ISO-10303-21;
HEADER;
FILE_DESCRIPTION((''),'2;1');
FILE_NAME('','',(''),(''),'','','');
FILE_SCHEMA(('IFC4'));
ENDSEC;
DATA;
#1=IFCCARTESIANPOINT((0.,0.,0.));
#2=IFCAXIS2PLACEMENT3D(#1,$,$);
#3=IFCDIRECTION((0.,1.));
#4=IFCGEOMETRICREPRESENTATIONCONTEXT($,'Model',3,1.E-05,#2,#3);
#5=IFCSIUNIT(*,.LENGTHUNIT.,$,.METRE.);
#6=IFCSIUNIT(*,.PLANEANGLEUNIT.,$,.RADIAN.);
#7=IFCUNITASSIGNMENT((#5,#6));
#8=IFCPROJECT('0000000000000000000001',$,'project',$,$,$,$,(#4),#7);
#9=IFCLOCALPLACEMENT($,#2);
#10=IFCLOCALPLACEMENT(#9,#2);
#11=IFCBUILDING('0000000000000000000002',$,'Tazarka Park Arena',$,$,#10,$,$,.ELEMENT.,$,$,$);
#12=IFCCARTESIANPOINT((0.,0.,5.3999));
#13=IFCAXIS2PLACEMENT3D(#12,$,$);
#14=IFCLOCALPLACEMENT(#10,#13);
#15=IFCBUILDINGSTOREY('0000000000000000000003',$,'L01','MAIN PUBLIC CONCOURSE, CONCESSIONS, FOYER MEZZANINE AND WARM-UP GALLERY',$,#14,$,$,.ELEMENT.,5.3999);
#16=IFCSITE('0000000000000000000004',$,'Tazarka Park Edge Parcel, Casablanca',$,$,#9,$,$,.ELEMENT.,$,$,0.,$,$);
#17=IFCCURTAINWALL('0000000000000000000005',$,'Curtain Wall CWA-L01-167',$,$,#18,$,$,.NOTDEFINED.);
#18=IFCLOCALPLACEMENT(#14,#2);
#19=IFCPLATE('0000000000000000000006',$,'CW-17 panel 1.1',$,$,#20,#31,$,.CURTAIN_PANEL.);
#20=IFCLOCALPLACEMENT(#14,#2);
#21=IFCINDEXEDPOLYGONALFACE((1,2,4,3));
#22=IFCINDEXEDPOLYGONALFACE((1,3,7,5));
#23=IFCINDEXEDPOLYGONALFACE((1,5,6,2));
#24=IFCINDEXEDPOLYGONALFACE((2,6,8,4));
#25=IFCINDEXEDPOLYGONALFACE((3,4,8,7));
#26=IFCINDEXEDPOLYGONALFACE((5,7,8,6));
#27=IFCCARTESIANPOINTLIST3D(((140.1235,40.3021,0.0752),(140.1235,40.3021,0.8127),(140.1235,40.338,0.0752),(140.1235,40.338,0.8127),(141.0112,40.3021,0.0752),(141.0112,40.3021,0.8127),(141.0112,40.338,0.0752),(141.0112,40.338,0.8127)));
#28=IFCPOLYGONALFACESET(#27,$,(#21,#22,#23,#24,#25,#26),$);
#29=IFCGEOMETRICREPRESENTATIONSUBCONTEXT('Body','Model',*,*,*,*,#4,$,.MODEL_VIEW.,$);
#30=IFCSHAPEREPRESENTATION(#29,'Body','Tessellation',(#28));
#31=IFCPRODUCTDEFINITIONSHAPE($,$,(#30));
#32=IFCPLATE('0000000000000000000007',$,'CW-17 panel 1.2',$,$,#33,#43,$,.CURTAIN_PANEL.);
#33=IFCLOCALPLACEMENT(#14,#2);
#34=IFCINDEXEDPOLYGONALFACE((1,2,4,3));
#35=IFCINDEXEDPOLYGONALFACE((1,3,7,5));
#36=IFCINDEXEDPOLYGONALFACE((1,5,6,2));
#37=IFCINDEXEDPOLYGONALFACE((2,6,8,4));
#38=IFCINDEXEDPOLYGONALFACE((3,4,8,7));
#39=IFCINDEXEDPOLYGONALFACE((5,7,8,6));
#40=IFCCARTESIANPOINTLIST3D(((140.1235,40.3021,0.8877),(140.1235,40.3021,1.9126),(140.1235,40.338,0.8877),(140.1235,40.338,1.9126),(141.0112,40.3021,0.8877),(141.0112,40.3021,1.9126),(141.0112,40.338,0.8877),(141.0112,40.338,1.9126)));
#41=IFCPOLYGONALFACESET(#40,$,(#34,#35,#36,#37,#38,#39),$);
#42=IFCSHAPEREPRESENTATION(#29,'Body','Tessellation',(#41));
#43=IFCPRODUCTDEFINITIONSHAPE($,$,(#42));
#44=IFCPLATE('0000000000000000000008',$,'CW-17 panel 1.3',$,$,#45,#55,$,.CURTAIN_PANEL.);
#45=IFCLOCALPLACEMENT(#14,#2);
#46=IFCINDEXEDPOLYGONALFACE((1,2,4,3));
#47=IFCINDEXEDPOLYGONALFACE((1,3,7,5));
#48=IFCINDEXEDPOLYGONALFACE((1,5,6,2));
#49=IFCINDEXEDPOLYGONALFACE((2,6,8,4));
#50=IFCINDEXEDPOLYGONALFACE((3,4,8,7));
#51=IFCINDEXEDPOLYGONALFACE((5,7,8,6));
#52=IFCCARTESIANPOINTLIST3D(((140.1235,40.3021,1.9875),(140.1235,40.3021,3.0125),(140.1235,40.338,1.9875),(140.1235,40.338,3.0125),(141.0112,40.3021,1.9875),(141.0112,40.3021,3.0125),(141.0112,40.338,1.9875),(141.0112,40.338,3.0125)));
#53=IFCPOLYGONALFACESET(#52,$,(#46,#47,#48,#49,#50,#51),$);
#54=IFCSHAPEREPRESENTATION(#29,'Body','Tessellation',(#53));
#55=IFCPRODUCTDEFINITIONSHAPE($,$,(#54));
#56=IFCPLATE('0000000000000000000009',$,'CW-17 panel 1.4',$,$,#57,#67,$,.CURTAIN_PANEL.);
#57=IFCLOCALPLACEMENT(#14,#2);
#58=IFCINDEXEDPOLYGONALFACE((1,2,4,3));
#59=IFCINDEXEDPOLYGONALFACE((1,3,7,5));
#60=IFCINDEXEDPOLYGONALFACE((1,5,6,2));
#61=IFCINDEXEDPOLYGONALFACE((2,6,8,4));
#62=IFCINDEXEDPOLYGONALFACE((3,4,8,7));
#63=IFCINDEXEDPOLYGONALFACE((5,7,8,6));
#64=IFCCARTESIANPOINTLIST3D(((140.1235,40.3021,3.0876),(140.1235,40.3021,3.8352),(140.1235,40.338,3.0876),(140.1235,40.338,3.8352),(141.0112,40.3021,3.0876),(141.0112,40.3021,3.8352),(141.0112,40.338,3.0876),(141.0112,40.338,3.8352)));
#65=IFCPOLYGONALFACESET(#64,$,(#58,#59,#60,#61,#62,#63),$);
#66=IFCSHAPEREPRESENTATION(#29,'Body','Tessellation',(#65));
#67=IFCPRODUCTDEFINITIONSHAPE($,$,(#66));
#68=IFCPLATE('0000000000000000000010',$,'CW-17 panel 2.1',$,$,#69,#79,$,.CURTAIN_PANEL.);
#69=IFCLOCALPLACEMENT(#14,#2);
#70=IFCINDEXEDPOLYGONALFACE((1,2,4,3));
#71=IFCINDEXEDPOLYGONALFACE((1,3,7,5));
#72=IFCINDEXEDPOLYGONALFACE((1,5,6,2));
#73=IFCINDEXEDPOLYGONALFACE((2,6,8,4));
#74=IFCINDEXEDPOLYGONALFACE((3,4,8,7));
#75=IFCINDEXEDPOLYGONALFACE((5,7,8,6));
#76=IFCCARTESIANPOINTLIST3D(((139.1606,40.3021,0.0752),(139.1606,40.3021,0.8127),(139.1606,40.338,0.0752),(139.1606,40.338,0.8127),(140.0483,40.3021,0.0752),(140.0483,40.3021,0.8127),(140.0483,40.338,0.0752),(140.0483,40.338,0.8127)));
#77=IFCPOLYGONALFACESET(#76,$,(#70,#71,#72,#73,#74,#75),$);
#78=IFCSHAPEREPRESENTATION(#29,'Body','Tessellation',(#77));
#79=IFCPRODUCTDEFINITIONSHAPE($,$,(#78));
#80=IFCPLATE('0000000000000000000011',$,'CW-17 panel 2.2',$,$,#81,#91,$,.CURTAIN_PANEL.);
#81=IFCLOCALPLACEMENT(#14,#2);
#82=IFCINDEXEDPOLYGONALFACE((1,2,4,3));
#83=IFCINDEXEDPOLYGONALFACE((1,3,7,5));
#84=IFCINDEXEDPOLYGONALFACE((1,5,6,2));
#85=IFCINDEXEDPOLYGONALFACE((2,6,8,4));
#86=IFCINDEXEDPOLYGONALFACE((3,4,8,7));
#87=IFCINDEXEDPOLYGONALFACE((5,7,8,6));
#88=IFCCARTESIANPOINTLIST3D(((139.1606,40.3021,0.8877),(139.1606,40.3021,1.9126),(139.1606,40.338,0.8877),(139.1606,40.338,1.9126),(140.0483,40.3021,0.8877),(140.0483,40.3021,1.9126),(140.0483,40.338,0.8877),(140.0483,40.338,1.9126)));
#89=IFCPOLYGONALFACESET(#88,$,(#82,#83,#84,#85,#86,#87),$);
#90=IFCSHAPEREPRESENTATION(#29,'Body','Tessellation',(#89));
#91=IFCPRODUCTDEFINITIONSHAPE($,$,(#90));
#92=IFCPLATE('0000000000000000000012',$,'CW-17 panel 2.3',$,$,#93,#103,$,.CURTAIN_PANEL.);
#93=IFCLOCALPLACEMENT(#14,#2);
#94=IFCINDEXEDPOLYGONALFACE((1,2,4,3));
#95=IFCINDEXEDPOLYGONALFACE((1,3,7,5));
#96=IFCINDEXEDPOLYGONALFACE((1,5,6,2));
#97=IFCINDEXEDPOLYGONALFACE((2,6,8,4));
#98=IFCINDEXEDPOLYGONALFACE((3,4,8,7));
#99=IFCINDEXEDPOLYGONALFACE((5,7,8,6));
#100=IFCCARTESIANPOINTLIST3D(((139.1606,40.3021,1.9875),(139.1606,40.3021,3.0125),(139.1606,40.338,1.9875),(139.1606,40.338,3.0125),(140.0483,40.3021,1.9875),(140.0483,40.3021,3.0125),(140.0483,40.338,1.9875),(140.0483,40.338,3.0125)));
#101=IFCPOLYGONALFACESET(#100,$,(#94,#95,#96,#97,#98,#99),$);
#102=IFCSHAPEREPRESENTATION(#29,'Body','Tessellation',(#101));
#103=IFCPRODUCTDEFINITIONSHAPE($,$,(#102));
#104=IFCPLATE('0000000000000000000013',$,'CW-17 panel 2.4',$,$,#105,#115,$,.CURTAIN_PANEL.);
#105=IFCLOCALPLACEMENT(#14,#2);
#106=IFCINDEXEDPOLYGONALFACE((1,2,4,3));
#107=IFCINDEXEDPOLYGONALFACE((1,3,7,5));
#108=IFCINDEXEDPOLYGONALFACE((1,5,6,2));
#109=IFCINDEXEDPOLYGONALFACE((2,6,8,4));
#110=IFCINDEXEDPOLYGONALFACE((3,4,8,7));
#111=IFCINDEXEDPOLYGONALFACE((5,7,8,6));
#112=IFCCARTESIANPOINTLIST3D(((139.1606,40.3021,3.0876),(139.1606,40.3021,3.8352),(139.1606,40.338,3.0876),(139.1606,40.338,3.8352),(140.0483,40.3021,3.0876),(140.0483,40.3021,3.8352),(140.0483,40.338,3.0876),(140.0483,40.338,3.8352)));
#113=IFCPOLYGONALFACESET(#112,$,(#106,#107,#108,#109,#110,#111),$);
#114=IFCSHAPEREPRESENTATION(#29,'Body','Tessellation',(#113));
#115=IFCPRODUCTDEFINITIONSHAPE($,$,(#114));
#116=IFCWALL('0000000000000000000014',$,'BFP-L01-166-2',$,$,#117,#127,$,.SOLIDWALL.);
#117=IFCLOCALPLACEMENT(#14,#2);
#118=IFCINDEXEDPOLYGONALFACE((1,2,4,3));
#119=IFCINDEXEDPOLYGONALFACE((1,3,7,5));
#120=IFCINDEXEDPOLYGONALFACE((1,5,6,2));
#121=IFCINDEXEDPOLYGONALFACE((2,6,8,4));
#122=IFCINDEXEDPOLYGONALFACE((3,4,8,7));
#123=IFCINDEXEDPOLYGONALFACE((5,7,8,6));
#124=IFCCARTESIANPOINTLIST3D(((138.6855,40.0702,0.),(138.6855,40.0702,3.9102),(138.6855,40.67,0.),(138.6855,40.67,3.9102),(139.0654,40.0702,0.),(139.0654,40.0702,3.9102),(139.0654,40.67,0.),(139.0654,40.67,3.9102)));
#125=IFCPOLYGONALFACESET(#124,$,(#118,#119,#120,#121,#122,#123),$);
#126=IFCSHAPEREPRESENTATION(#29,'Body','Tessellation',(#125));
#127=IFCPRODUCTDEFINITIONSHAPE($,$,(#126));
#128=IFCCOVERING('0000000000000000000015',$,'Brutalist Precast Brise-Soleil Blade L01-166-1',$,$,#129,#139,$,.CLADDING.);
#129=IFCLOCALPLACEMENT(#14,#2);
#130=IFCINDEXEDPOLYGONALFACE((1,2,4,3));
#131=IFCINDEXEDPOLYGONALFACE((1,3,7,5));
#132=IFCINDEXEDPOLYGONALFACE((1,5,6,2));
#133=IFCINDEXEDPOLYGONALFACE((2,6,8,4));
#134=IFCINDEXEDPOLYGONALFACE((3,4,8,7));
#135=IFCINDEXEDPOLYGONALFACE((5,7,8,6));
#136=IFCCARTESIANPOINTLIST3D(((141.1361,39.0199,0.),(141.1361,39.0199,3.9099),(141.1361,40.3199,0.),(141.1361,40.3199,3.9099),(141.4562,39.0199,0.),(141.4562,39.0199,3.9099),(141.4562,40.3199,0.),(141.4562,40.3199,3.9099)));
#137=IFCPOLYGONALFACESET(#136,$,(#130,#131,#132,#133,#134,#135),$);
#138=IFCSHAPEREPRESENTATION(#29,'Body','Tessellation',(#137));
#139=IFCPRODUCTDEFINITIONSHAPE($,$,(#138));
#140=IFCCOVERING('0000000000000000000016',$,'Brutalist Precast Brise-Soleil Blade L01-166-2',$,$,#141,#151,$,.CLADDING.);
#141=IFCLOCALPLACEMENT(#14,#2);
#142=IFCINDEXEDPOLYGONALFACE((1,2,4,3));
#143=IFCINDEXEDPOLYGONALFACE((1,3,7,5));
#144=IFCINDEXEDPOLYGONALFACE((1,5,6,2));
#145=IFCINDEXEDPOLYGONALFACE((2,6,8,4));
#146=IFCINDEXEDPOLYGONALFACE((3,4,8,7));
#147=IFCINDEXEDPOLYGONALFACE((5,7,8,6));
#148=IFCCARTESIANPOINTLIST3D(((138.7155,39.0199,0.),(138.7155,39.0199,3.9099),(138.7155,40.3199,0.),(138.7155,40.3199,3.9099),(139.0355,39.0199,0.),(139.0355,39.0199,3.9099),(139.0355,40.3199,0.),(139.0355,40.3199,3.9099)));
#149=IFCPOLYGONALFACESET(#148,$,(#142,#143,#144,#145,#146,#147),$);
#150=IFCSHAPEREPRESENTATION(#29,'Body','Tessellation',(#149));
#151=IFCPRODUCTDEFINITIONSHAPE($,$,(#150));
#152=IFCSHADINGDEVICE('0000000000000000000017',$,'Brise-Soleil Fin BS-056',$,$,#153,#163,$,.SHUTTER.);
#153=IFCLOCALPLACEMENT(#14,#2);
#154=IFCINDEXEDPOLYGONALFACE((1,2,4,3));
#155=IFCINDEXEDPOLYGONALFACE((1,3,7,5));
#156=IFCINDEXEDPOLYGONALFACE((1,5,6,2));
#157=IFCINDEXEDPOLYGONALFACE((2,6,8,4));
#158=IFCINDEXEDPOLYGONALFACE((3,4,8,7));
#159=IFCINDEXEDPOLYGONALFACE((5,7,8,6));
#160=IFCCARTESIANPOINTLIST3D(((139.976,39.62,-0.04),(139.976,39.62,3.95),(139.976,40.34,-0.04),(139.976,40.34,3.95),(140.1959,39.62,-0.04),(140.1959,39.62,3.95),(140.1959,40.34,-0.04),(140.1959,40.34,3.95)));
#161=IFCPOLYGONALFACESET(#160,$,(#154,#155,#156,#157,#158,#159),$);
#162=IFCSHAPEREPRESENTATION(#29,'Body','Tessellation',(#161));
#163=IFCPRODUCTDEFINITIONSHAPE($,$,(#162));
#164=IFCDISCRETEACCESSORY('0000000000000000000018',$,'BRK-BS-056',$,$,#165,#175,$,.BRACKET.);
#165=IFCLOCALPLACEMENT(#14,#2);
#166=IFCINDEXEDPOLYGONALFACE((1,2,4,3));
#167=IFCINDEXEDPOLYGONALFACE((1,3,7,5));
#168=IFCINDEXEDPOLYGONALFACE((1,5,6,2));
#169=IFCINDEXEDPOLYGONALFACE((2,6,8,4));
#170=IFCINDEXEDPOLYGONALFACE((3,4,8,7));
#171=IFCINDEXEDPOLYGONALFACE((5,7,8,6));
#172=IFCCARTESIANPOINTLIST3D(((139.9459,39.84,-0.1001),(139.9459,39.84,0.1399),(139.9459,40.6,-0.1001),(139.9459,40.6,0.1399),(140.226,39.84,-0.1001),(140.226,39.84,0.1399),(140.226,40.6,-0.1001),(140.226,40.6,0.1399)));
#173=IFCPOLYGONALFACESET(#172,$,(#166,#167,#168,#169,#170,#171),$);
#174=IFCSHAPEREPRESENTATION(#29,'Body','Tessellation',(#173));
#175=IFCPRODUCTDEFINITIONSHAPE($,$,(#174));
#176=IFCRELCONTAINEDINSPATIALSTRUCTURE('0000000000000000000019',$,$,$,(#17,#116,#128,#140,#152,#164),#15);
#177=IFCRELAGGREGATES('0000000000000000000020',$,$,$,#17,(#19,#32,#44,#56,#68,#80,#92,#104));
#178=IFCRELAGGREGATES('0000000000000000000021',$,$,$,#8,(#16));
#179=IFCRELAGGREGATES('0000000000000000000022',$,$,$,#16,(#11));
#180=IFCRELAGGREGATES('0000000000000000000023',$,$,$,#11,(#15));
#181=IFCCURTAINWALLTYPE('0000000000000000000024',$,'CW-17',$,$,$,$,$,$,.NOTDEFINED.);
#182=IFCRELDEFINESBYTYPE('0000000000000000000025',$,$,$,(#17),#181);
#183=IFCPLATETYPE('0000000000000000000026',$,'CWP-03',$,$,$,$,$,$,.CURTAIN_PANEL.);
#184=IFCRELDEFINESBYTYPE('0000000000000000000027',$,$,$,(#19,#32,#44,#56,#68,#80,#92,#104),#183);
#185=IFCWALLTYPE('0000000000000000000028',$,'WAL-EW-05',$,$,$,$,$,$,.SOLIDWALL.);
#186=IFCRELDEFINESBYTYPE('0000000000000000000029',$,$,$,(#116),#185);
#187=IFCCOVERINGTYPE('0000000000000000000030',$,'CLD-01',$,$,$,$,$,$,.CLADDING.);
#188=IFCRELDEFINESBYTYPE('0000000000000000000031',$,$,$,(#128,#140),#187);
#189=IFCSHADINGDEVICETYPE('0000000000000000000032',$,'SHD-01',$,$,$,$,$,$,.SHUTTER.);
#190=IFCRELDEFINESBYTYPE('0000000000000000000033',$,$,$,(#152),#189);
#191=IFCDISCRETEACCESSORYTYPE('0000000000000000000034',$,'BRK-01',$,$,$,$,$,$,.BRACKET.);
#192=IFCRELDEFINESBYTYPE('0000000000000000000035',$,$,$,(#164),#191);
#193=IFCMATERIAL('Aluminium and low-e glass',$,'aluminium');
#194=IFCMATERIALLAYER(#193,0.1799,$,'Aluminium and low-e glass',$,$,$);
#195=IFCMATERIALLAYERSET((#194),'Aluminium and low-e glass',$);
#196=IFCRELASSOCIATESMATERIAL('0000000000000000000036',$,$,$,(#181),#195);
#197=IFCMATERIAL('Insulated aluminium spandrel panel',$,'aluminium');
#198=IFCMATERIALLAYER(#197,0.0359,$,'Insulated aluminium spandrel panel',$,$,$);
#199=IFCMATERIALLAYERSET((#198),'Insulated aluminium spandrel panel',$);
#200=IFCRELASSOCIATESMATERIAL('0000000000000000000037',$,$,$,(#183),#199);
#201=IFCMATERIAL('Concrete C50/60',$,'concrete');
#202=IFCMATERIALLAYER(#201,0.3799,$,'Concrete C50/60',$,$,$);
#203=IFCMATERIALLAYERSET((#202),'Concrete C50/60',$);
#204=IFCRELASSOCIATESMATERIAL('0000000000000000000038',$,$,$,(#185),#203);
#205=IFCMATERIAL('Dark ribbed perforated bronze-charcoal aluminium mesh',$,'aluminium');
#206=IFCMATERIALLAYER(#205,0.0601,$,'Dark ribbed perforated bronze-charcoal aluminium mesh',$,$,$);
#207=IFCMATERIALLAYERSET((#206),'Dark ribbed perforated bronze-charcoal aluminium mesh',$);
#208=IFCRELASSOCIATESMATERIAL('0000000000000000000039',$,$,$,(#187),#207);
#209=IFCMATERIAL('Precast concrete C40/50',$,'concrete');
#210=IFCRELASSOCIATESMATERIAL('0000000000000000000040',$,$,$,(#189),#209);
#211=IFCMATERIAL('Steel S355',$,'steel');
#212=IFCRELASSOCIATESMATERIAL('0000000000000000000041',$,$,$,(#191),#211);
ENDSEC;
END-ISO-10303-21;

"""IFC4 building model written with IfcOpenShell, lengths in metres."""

from ifc_helpers import new_model, si_unit, direction, frame, frame_2d, origin, origin_2d, place, context, subcontext, project, spatial, rectangle, extrude, material, layer, layer_set, type_object, element, aggregate, save


model = new_model("IFC4")

# Units and contexts
model_context = context("Model", 3, precision=1e-05, world=origin(), true_north=direction((0.0, 1.0)))
body_context = subcontext(model_context, "Body", "Model", "MODEL_VIEW")
ifc_project = project(units=[si_unit("LENGTHUNIT", "METRE"), si_unit("PLANEANGLEUNIT", "RADIAN")], contexts=[model_context])

# Site, building, storey
site_placement = place(None, origin())
site = spatial("IfcSite", under=ifc_project, at=site_placement, Name="Tazarka Park Edge Parcel, Casablanca", CompositionType="ELEMENT", RefElevation=0.0)
building_placement = place(site_placement, origin())
building = spatial("IfcBuilding", under=site, at=building_placement, Name="Tazarka Park Arena", CompositionType="ELEMENT")
storey_placement = place(building_placement, frame((0.0, 0.0, 5.3999)))
storey = spatial("IfcBuildingStorey", under=building, at=storey_placement, Name="L01", Description="MAIN PUBLIC CONCOURSE, CONCESSIONS, FOYER MEZZANINE AND WARM-UP GALLERY", CompositionType="ELEMENT", Elevation=5.3999)

# Curtain wall, plates
ifc_material_1 = material(Name="Aluminium and low-e glass", Category="aluminium")
ifc_layer_1 = layer(ifc_material_1, 0.1799, Name="Aluminium and low-e glass")
ifc_layer_set_1 = layer_set([ifc_layer_1], Name="Aluminium and low-e glass")
curtain_wall_type_1 = type_object("IfcCurtainWallType", Name="CW-17", PredefinedType="NOTDEFINED", material=ifc_layer_set_1)
curtain_wall_1_placement = place(storey_placement, origin())
curtain_wall_1 = element("IfcCurtainWall", 1, at=curtain_wall_1_placement, inside=storey, type_object=curtain_wall_type_1, Name="Curtain Wall CWA-L01-167", PredefinedType="NOTDEFINED")
ifc_material_2 = material(Name="Insulated aluminium spandrel panel", Category="aluminium")
ifc_layer_2 = layer(ifc_material_2, 0.0359, Name="Insulated aluminium spandrel panel")
ifc_layer_set_2 = layer_set([ifc_layer_2], Name="Insulated aluminium spandrel panel")
plate_type = type_object("IfcPlateType", Name="CWP-03", PredefinedType="CURTAIN_PANEL", material=ifc_layer_set_2)
plate_1_placement = place(storey_placement, frame((140.5674, 40.3201, 0.0752), z_axis=(0.0, 0.0, 1.0), x_axis=(-1.0, 0.0, 0.0)))
plate_1 = element("IfcPlate", 2, at=plate_1_placement, type_object=plate_type, Name="CW-17 panel 1.1", PredefinedType="CURTAIN_PANEL", context=body_context, shape_type="SweptSolid", body=[
    extrude(rectangle(XDim=0.8877, YDim=0.0359, at=origin_2d()), origin(), (0.0, 0.0, 1.0), 0.7375),
])
plate_2_placement = place(storey_placement, frame((140.5674, 40.3201, 0.8877), z_axis=(0.0, 0.0, 1.0), x_axis=(-1.0, 0.0, 0.0)))
plate_2 = element("IfcPlate", 3, at=plate_2_placement, type_object=plate_type, Name="CW-17 panel 1.2", PredefinedType="CURTAIN_PANEL", context=body_context, shape_type="SweptSolid", body=[
    extrude(rectangle(XDim=0.8877, YDim=0.0359, at=origin_2d()), origin(), (0.0, 0.0, 1.0), 1.0249),
])
plate_3_placement = place(storey_placement, frame((140.5674, 40.3201, 1.9875), z_axis=(0.0, 0.0, 1.0), x_axis=(-1.0, 0.0, 0.0)))
plate_3 = element("IfcPlate", 4, at=plate_3_placement, type_object=plate_type, Name="CW-17 panel 1.3", PredefinedType="CURTAIN_PANEL", context=body_context, shape_type="SweptSolid", body=[
    extrude(rectangle(XDim=0.8877, YDim=0.0359, at=origin_2d()), origin(), (0.0, 0.0, 1.0), 1.0249),
])
plate_4_placement = place(storey_placement, frame((140.5674, 40.3201, 3.0876), z_axis=(0.0, 0.0, 1.0), x_axis=(-1.0, 0.0, 0.0)))
plate_4 = element("IfcPlate", 5, at=plate_4_placement, type_object=plate_type, Name="CW-17 panel 1.4", PredefinedType="CURTAIN_PANEL", context=body_context, shape_type="SweptSolid", body=[
    extrude(rectangle(XDim=0.8877, YDim=0.0359, at=origin_2d()), origin(), (0.0, 0.0, 1.0), 0.7476),
])
plate_5_placement = place(storey_placement, frame((139.6045, 40.3201, 0.0752), z_axis=(0.0, 0.0, 1.0), x_axis=(-1.0, 0.0, 0.0)))
plate_5 = element("IfcPlate", 6, at=plate_5_placement, type_object=plate_type, Name="CW-17 panel 2.1", PredefinedType="CURTAIN_PANEL", context=body_context, shape_type="SweptSolid", body=[
    extrude(rectangle(XDim=0.8877, YDim=0.0359, at=origin_2d()), origin(), (0.0, 0.0, 1.0), 0.7375),
])
plate_6_placement = place(storey_placement, frame((139.6045, 40.3201, 0.8877), z_axis=(0.0, 0.0, 1.0), x_axis=(-1.0, 0.0, 0.0)))
plate_6 = element("IfcPlate", 7, at=plate_6_placement, type_object=plate_type, Name="CW-17 panel 2.2", PredefinedType="CURTAIN_PANEL", context=body_context, shape_type="SweptSolid", body=[
    extrude(rectangle(XDim=0.8877, YDim=0.0359, at=origin_2d()), origin(), (0.0, 0.0, 1.0), 1.0249),
])
plate_7_placement = place(storey_placement, frame((139.6045, 40.3201, 1.9875), z_axis=(0.0, 0.0, 1.0), x_axis=(-1.0, 0.0, 0.0)))
plate_7 = element("IfcPlate", 8, at=plate_7_placement, type_object=plate_type, Name="CW-17 panel 2.3", PredefinedType="CURTAIN_PANEL", context=body_context, shape_type="SweptSolid", body=[
    extrude(rectangle(XDim=0.8877, YDim=0.0359, at=origin_2d()), origin(), (0.0, 0.0, 1.0), 1.0249),
])
plate_8_placement = place(storey_placement, frame((139.6045, 40.3201, 3.0876), z_axis=(0.0, 0.0, 1.0), x_axis=(-1.0, 0.0, 0.0)))
plate_8 = element("IfcPlate", 9, at=plate_8_placement, type_object=plate_type, Name="CW-17 panel 2.4", PredefinedType="CURTAIN_PANEL", context=body_context, shape_type="SweptSolid", body=[
    extrude(rectangle(XDim=0.8877, YDim=0.0359, at=origin_2d()), origin(), (0.0, 0.0, 1.0), 0.7476),
])
aggregate(curtain_wall_1, [plate_1, plate_2, plate_3, plate_4, plate_5, plate_6, plate_7, plate_8])

# Wall
ifc_material_3 = material(Name="Concrete C50/60", Category="concrete")
ifc_layer_3 = layer(ifc_material_3, 0.3799, Name="Concrete C50/60")
ifc_layer_set_3 = layer_set([ifc_layer_3], Name="Concrete C50/60")
wall_type = type_object("IfcWallType", Name="WAL-EW-05", PredefinedType="SOLIDWALL", material=ifc_layer_set_3)
wall_placement = place(storey_placement, frame((138.8755, 40.6699, 0.0), z_axis=(0.0, 0.0, 1.0), x_axis=(0.0, -1.0, 0.0)))
element("IfcWall", 10, at=wall_placement, inside=storey, type_object=wall_type, Name="BFP-L01-166-2", PredefinedType="SOLIDWALL", context=body_context, shape_type="SweptSolid", body=[
    extrude(rectangle(XDim=0.5999, YDim=0.3799, at=frame_2d((0.2998, 0.0))), origin(), (0.0, 0.0, 1.0), 3.9102),
])

# Coverings
ifc_material_4 = material(Name="Dark ribbed perforated bronze-charcoal aluminium mesh", Category="aluminium")
ifc_layer_4 = layer(ifc_material_4, 0.0601, Name="Dark ribbed perforated bronze-charcoal aluminium mesh")
ifc_layer_set_4 = layer_set([ifc_layer_4], Name="Dark ribbed perforated bronze-charcoal aluminium mesh")
covering_type = type_object("IfcCoveringType", Name="CLD-01", PredefinedType="CLADDING", material=ifc_layer_set_4)
for number, where, z_axis, x_axis, name in (
    (11, (141.2961, 39.6699, 0.0), (0.0, 0.0, 1.0), (-1.0, 0.0, 0.0), "Brutalist Precast Brise-Soleil Blade L01-166-1"),
    (12, (138.8755, 39.6699, 0.0), (0.0, 0.0, 1.0), (-1.0, 0.0, 0.0), "Brutalist Precast Brise-Soleil Blade L01-166-2"),
):
    element("IfcCovering", number, at=place(storey_placement, frame(where, z_axis=z_axis, x_axis=x_axis)), inside=storey, type_object=covering_type, Name=name, PredefinedType="CLADDING", context=body_context, shape_type="SweptSolid", body=[
        extrude(rectangle(XDim=0.3201, YDim=1.3, at=origin_2d()), origin(), (0.0, 0.0, 1.0), 3.9099),
    ])

# Shading device
ifc_material_5 = material(Name="Precast concrete C40/50", Category="concrete")
shading_device_type = type_object("IfcShadingDeviceType", Name="SHD-01", PredefinedType="SHUTTER", material=ifc_material_5)
shading_device_placement = place(storey_placement, frame((140.0859, 39.98, -0.04), z_axis=(0.0, 0.0, 1.0), x_axis=(-1.0, 0.0, 0.0)))
element("IfcShadingDevice", 13, at=shading_device_placement, inside=storey, type_object=shading_device_type, Name="Brise-Soleil Fin BS-056", PredefinedType="SHUTTER", context=body_context, shape_type="SweptSolid", body=[
    extrude(rectangle(XDim=0.22, YDim=0.72, at=origin_2d()), origin(), (0.0, 0.0, 1.0), 3.99),
])

# Discrete accessory
ifc_material_6 = material(Name="Steel S355", Category="steel")
discrete_accessory_type = type_object("IfcDiscreteAccessoryType", Name="BRK-01", PredefinedType="BRACKET", material=ifc_material_6)
discrete_accessory_placement = place(storey_placement, frame((140.0859, 40.22, -0.1001), z_axis=(0.0, 0.0, 1.0), x_axis=(-1.0, 0.0, 0.0)))
element("IfcDiscreteAccessory", 14, at=discrete_accessory_placement, inside=storey, type_object=discrete_accessory_type, Name="BRK-BS-056", PredefinedType="BRACKET", context=body_context, shape_type="SweptSolid", body=[
    extrude(rectangle(XDim=0.28, YDim=0.76, at=origin_2d()), origin(), (0.0, 0.0, 1.0), 0.24),
])

save(model, "model.ifc")
